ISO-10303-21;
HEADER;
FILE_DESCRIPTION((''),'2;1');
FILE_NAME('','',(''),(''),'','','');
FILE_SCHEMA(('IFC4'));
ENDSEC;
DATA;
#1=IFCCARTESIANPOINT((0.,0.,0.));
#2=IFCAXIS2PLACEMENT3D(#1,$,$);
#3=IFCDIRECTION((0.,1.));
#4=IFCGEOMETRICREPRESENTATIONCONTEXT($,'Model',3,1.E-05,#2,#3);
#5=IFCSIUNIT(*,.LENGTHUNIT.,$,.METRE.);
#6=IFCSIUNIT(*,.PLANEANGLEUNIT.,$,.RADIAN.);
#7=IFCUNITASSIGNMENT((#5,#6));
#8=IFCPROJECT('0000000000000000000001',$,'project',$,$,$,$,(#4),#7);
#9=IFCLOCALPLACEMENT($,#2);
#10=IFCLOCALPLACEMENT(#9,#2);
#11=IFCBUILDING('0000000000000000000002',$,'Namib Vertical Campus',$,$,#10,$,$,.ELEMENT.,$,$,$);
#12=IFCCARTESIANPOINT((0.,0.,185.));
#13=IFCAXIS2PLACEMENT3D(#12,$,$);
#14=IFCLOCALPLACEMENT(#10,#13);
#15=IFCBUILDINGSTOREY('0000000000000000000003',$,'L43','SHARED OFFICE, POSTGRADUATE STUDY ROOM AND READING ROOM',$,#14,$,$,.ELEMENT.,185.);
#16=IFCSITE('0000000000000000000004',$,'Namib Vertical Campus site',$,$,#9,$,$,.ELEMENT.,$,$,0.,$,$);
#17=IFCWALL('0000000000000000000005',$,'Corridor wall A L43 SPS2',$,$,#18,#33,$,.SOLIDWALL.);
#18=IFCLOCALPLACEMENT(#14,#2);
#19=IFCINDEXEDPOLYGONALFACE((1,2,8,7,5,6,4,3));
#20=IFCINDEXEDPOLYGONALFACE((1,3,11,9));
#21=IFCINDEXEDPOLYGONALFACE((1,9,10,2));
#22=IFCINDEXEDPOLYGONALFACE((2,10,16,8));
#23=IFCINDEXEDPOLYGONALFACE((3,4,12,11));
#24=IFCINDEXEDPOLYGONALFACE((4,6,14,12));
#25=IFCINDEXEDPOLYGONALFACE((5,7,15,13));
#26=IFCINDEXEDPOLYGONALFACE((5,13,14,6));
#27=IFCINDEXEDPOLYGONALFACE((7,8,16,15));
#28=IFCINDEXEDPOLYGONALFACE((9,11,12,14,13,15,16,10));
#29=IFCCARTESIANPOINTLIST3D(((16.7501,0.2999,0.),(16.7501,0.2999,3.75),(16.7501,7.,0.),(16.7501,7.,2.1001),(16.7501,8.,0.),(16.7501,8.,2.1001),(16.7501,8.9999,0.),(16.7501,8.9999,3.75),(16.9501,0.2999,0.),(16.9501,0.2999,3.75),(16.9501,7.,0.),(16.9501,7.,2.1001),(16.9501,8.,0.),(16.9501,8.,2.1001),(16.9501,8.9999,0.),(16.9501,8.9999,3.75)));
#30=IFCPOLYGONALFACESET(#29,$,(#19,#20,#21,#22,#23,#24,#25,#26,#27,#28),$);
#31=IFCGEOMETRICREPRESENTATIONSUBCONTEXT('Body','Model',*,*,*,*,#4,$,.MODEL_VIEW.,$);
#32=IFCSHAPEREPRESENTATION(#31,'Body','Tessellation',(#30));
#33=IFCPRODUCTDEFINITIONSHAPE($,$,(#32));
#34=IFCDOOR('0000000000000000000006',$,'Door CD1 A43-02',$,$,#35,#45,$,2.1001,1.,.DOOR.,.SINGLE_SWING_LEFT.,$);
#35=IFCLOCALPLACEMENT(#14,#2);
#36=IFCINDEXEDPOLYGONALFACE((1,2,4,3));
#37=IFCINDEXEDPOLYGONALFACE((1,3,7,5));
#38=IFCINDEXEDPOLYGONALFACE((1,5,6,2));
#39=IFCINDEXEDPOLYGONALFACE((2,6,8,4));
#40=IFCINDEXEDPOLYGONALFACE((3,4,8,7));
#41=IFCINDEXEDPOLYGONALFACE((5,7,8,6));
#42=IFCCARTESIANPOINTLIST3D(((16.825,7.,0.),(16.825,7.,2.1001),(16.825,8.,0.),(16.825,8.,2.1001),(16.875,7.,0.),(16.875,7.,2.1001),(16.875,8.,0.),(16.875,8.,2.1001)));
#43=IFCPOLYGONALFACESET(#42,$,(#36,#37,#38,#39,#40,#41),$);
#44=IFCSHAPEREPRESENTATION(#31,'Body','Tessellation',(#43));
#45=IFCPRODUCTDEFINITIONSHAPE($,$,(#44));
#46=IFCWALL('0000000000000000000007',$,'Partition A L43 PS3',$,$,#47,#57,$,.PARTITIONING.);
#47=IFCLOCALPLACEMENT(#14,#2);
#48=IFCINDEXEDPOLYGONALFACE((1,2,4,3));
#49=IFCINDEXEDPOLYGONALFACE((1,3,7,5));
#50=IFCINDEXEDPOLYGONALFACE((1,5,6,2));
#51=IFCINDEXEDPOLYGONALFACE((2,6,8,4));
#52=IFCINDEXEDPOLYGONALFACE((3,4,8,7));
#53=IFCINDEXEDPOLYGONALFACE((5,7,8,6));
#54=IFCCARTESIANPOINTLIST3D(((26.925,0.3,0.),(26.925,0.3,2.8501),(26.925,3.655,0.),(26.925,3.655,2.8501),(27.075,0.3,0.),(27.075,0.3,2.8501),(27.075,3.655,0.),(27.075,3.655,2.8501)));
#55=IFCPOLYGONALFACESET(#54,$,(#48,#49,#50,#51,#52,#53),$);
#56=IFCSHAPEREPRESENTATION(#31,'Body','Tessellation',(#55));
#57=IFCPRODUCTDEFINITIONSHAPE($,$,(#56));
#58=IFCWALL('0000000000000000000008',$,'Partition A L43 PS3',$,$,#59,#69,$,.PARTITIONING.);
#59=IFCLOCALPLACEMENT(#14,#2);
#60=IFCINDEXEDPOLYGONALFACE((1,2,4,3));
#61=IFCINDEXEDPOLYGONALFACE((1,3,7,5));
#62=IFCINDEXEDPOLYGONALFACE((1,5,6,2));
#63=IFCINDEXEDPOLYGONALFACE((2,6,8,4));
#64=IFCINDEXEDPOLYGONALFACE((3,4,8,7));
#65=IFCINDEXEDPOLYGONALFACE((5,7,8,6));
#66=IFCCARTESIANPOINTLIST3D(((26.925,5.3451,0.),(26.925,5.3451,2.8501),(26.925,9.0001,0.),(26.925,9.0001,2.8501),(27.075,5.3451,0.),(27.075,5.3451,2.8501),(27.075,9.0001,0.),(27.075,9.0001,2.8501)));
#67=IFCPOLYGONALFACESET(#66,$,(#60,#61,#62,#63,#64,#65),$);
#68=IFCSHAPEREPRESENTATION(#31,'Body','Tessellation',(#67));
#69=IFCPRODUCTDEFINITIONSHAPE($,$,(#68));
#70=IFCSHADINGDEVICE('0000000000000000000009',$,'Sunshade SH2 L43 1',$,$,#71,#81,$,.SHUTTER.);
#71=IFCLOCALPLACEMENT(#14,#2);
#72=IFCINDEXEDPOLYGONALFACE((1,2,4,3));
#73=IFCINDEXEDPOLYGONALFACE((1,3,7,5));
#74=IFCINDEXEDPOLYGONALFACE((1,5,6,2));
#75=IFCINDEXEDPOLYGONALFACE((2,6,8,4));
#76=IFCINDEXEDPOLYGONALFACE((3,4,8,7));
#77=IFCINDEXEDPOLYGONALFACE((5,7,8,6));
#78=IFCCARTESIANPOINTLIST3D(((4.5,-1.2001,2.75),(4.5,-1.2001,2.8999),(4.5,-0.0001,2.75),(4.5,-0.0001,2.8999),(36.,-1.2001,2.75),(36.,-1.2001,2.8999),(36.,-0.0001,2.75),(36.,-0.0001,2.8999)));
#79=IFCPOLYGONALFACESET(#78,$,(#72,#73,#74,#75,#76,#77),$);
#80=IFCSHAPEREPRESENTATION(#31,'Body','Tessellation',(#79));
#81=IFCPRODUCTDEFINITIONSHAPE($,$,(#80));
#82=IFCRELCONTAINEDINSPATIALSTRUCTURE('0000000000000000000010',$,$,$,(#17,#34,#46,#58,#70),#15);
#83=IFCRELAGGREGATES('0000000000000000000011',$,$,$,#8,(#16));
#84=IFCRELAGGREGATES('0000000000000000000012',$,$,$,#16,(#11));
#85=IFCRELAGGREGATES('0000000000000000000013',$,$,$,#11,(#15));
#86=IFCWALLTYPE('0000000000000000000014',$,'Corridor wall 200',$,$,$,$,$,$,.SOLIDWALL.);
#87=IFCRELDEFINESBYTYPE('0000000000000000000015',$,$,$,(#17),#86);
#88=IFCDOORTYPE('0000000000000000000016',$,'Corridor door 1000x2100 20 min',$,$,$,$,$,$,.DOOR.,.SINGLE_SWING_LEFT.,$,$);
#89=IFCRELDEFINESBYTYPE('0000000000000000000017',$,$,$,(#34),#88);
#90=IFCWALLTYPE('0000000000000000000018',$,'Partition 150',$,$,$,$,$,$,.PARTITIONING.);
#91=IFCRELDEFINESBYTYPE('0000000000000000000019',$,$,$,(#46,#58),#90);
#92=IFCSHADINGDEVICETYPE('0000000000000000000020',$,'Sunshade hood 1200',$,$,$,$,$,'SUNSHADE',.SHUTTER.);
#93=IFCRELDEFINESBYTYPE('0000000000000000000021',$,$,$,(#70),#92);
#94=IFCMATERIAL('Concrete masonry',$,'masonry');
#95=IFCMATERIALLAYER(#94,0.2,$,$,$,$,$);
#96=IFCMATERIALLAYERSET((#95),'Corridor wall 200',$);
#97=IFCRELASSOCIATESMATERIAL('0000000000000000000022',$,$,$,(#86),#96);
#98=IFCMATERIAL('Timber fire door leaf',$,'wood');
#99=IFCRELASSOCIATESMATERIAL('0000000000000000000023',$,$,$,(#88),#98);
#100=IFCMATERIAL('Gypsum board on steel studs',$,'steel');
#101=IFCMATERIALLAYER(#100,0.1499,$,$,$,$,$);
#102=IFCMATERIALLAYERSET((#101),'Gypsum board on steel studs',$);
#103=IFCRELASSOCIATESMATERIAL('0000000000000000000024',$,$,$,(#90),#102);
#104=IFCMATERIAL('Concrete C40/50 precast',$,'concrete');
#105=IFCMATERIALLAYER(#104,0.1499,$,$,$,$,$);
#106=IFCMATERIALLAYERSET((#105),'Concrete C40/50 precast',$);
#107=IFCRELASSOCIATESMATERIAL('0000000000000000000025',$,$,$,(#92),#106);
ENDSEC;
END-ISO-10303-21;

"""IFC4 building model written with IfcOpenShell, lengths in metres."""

from ifc_helpers import new_model, si_unit, direction, frame, frame_2d, origin, origin_2d, place, context, subcontext, project, spatial, rectangle, extrude, material, layer, layer_set, type_object, element, fill, save


model = new_model("IFC4")

# Units and contexts
model_context = context("Model", 3, precision=1e-05, world=origin(), true_north=direction((0.0, 1.0)))
body_context = subcontext(model_context, "Body", "Model", "MODEL_VIEW")
ifc_project = project(units=[si_unit("LENGTHUNIT", "METRE"), si_unit("PLANEANGLEUNIT", "RADIAN")], contexts=[model_context])

# Site, building, storey
site_placement = place(None, origin())
site = spatial("IfcSite", under=ifc_project, at=site_placement, Name="Namib Vertical Campus site", CompositionType="ELEMENT", RefElevation=0.0)
building_placement = place(site_placement, origin())
building = spatial("IfcBuilding", under=site, at=building_placement, Name="Namib Vertical Campus", CompositionType="ELEMENT")
storey_placement = place(building_placement, frame((0.0, 0.0, 185.0)))
storey = spatial("IfcBuildingStorey", under=building, at=storey_placement, Name="L43", Description="SHARED OFFICE, POSTGRADUATE STUDY ROOM AND READING ROOM", CompositionType="ELEMENT", Elevation=185.0)

# Shared definitions
ifc_material_1 = material(Name="Concrete masonry", Category="masonry")
ifc_layer_1 = layer(ifc_material_1, 0.2)
ifc_layer_set_1 = layer_set([ifc_layer_1], Name="Corridor wall 200")
wall_type_1 = type_object("IfcWallType", Name="Corridor wall 200", PredefinedType="SOLIDWALL", material=ifc_layer_set_1)
ifc_material_2 = material(Name="Timber fire door leaf", Category="wood")
door_type = type_object("IfcDoorType", Name="Corridor door 1000x2100 20 min", OperationType="SINGLE_SWING_LEFT", PredefinedType="DOOR", material=ifc_material_2)

# Wall, opening, door
wall_1_placement = place(storey_placement, frame((16.8501, 9.0, 0.0), z_axis=(0.0, 0.0, 1.0), x_axis=(0.0, -1.0, 0.0)))
wall_1 = element("IfcWall", 1, at=wall_1_placement, inside=storey, type_object=wall_type_1, Name="Corridor wall A L43 SPS2", PredefinedType="SOLIDWALL", context=body_context, shape_type="SweptSolid", body=[
    extrude(rectangle(XDim=8.7, YDim=0.2, at=frame_2d((4.3501, 0.0))), origin(), (0.0, 0.0, 1.0), 3.75),
])
opening_1_placement = place(wall_1_placement, frame((1.0, 0.0, 0.0)))
opening_1 = element("IfcOpeningElement", 2, at=opening_1_placement, cuts=wall_1, PredefinedType="OPENING", context=body_context, shape_type="SweptSolid", body=[
    extrude(rectangle(XDim=1.0, YDim=2.1001, at=frame_2d((0.5, 1.05))), frame((0.0, 0.1099, 0.0), z_axis=(0.0, -1.0, 0.0), x_axis=(1.0, 0.0, 0.0)), (0.0, 0.0, 1.0), 0.22),
])
door_1_placement = place(opening_1_placement, origin())
door_1 = element("IfcDoor", 3, at=door_1_placement, inside=storey, type_object=door_type, Name="Door CD1 A43-02", OperationType="SINGLE_SWING_LEFT", OverallHeight=2.1001, OverallWidth=1.0, PredefinedType="DOOR", context=body_context, shape_type="SweptSolid", body=[
    extrude(rectangle(XDim=1.0, YDim=2.1001, at=frame_2d((0.5, 1.05))), frame((0.0, 0.0249, 0.0), z_axis=(0.0, -1.0, 0.0), x_axis=(1.0, 0.0, 0.0)), (0.0, 0.0, 1.0), 0.05),
])
fill(opening_1, door_1)

# Walls
ifc_material_3 = material(Name="Gypsum board on steel studs", Category="steel")
ifc_layer_2 = layer(ifc_material_3, 0.1499)
ifc_layer_set_2 = layer_set([ifc_layer_2], Name="Gypsum board on steel studs")
wall_type_2 = type_object("IfcWallType", Name="Partition 150", PredefinedType="PARTITIONING", material=ifc_layer_set_2)
wall_2_placement = place(storey_placement, frame((27.0, 0.3, 0.0), z_axis=(0.0, 0.0, 1.0), x_axis=(0.0, 1.0, 0.0)))
element("IfcWall", 4, at=wall_2_placement, inside=storey, type_object=wall_type_2, Name="Partition A L43 PS3", PredefinedType="PARTITIONING", context=body_context, shape_type="SweptSolid", body=[
    extrude(rectangle(XDim=3.355, YDim=0.1499, at=frame_2d((1.6775, 0.0))), origin(), (0.0, 0.0, 1.0), 2.8501),
])
wall_3_placement = place(storey_placement, frame((27.0, 5.345, 0.0), z_axis=(0.0, 0.0, 1.0), x_axis=(0.0, 1.0, 0.0)))
element("IfcWall", 5, at=wall_3_placement, inside=storey, type_object=wall_type_2, Name="Partition A L43 PS3", PredefinedType="PARTITIONING", context=body_context, shape_type="SweptSolid", body=[
    extrude(rectangle(XDim=3.655, YDim=0.1499, at=frame_2d((1.8276, 0.0))), origin(), (0.0, 0.0, 1.0), 2.8501),
])

# Shading device
ifc_material_4 = material(Name="Concrete C40/50 precast", Category="concrete")
ifc_layer_3 = layer(ifc_material_4, 0.1499)
ifc_layer_set_3 = layer_set([ifc_layer_3], Name="Concrete C40/50 precast")
shading_device_type = type_object("IfcShadingDeviceType", Name="Sunshade hood 1200", ElementType="SUNSHADE", PredefinedType="SHUTTER", material=ifc_layer_set_3)
shading_device_placement = place(storey_placement, frame((20.25, -0.6001, 2.75), z_axis=(0.0, 0.0, 1.0), x_axis=(1.0, 0.0, 0.0)))
element("IfcShadingDevice", 6, at=shading_device_placement, inside=storey, type_object=shading_device_type, Name="Sunshade SH2 L43 1", PredefinedType="SHUTTER", context=body_context, shape_type="SweptSolid", body=[
    extrude(rectangle(XDim=31.5, YDim=1.2, at=origin_2d()), origin(), (0.0, 0.0, 1.0), 0.1499),
])

save(model, "model.ifc")
